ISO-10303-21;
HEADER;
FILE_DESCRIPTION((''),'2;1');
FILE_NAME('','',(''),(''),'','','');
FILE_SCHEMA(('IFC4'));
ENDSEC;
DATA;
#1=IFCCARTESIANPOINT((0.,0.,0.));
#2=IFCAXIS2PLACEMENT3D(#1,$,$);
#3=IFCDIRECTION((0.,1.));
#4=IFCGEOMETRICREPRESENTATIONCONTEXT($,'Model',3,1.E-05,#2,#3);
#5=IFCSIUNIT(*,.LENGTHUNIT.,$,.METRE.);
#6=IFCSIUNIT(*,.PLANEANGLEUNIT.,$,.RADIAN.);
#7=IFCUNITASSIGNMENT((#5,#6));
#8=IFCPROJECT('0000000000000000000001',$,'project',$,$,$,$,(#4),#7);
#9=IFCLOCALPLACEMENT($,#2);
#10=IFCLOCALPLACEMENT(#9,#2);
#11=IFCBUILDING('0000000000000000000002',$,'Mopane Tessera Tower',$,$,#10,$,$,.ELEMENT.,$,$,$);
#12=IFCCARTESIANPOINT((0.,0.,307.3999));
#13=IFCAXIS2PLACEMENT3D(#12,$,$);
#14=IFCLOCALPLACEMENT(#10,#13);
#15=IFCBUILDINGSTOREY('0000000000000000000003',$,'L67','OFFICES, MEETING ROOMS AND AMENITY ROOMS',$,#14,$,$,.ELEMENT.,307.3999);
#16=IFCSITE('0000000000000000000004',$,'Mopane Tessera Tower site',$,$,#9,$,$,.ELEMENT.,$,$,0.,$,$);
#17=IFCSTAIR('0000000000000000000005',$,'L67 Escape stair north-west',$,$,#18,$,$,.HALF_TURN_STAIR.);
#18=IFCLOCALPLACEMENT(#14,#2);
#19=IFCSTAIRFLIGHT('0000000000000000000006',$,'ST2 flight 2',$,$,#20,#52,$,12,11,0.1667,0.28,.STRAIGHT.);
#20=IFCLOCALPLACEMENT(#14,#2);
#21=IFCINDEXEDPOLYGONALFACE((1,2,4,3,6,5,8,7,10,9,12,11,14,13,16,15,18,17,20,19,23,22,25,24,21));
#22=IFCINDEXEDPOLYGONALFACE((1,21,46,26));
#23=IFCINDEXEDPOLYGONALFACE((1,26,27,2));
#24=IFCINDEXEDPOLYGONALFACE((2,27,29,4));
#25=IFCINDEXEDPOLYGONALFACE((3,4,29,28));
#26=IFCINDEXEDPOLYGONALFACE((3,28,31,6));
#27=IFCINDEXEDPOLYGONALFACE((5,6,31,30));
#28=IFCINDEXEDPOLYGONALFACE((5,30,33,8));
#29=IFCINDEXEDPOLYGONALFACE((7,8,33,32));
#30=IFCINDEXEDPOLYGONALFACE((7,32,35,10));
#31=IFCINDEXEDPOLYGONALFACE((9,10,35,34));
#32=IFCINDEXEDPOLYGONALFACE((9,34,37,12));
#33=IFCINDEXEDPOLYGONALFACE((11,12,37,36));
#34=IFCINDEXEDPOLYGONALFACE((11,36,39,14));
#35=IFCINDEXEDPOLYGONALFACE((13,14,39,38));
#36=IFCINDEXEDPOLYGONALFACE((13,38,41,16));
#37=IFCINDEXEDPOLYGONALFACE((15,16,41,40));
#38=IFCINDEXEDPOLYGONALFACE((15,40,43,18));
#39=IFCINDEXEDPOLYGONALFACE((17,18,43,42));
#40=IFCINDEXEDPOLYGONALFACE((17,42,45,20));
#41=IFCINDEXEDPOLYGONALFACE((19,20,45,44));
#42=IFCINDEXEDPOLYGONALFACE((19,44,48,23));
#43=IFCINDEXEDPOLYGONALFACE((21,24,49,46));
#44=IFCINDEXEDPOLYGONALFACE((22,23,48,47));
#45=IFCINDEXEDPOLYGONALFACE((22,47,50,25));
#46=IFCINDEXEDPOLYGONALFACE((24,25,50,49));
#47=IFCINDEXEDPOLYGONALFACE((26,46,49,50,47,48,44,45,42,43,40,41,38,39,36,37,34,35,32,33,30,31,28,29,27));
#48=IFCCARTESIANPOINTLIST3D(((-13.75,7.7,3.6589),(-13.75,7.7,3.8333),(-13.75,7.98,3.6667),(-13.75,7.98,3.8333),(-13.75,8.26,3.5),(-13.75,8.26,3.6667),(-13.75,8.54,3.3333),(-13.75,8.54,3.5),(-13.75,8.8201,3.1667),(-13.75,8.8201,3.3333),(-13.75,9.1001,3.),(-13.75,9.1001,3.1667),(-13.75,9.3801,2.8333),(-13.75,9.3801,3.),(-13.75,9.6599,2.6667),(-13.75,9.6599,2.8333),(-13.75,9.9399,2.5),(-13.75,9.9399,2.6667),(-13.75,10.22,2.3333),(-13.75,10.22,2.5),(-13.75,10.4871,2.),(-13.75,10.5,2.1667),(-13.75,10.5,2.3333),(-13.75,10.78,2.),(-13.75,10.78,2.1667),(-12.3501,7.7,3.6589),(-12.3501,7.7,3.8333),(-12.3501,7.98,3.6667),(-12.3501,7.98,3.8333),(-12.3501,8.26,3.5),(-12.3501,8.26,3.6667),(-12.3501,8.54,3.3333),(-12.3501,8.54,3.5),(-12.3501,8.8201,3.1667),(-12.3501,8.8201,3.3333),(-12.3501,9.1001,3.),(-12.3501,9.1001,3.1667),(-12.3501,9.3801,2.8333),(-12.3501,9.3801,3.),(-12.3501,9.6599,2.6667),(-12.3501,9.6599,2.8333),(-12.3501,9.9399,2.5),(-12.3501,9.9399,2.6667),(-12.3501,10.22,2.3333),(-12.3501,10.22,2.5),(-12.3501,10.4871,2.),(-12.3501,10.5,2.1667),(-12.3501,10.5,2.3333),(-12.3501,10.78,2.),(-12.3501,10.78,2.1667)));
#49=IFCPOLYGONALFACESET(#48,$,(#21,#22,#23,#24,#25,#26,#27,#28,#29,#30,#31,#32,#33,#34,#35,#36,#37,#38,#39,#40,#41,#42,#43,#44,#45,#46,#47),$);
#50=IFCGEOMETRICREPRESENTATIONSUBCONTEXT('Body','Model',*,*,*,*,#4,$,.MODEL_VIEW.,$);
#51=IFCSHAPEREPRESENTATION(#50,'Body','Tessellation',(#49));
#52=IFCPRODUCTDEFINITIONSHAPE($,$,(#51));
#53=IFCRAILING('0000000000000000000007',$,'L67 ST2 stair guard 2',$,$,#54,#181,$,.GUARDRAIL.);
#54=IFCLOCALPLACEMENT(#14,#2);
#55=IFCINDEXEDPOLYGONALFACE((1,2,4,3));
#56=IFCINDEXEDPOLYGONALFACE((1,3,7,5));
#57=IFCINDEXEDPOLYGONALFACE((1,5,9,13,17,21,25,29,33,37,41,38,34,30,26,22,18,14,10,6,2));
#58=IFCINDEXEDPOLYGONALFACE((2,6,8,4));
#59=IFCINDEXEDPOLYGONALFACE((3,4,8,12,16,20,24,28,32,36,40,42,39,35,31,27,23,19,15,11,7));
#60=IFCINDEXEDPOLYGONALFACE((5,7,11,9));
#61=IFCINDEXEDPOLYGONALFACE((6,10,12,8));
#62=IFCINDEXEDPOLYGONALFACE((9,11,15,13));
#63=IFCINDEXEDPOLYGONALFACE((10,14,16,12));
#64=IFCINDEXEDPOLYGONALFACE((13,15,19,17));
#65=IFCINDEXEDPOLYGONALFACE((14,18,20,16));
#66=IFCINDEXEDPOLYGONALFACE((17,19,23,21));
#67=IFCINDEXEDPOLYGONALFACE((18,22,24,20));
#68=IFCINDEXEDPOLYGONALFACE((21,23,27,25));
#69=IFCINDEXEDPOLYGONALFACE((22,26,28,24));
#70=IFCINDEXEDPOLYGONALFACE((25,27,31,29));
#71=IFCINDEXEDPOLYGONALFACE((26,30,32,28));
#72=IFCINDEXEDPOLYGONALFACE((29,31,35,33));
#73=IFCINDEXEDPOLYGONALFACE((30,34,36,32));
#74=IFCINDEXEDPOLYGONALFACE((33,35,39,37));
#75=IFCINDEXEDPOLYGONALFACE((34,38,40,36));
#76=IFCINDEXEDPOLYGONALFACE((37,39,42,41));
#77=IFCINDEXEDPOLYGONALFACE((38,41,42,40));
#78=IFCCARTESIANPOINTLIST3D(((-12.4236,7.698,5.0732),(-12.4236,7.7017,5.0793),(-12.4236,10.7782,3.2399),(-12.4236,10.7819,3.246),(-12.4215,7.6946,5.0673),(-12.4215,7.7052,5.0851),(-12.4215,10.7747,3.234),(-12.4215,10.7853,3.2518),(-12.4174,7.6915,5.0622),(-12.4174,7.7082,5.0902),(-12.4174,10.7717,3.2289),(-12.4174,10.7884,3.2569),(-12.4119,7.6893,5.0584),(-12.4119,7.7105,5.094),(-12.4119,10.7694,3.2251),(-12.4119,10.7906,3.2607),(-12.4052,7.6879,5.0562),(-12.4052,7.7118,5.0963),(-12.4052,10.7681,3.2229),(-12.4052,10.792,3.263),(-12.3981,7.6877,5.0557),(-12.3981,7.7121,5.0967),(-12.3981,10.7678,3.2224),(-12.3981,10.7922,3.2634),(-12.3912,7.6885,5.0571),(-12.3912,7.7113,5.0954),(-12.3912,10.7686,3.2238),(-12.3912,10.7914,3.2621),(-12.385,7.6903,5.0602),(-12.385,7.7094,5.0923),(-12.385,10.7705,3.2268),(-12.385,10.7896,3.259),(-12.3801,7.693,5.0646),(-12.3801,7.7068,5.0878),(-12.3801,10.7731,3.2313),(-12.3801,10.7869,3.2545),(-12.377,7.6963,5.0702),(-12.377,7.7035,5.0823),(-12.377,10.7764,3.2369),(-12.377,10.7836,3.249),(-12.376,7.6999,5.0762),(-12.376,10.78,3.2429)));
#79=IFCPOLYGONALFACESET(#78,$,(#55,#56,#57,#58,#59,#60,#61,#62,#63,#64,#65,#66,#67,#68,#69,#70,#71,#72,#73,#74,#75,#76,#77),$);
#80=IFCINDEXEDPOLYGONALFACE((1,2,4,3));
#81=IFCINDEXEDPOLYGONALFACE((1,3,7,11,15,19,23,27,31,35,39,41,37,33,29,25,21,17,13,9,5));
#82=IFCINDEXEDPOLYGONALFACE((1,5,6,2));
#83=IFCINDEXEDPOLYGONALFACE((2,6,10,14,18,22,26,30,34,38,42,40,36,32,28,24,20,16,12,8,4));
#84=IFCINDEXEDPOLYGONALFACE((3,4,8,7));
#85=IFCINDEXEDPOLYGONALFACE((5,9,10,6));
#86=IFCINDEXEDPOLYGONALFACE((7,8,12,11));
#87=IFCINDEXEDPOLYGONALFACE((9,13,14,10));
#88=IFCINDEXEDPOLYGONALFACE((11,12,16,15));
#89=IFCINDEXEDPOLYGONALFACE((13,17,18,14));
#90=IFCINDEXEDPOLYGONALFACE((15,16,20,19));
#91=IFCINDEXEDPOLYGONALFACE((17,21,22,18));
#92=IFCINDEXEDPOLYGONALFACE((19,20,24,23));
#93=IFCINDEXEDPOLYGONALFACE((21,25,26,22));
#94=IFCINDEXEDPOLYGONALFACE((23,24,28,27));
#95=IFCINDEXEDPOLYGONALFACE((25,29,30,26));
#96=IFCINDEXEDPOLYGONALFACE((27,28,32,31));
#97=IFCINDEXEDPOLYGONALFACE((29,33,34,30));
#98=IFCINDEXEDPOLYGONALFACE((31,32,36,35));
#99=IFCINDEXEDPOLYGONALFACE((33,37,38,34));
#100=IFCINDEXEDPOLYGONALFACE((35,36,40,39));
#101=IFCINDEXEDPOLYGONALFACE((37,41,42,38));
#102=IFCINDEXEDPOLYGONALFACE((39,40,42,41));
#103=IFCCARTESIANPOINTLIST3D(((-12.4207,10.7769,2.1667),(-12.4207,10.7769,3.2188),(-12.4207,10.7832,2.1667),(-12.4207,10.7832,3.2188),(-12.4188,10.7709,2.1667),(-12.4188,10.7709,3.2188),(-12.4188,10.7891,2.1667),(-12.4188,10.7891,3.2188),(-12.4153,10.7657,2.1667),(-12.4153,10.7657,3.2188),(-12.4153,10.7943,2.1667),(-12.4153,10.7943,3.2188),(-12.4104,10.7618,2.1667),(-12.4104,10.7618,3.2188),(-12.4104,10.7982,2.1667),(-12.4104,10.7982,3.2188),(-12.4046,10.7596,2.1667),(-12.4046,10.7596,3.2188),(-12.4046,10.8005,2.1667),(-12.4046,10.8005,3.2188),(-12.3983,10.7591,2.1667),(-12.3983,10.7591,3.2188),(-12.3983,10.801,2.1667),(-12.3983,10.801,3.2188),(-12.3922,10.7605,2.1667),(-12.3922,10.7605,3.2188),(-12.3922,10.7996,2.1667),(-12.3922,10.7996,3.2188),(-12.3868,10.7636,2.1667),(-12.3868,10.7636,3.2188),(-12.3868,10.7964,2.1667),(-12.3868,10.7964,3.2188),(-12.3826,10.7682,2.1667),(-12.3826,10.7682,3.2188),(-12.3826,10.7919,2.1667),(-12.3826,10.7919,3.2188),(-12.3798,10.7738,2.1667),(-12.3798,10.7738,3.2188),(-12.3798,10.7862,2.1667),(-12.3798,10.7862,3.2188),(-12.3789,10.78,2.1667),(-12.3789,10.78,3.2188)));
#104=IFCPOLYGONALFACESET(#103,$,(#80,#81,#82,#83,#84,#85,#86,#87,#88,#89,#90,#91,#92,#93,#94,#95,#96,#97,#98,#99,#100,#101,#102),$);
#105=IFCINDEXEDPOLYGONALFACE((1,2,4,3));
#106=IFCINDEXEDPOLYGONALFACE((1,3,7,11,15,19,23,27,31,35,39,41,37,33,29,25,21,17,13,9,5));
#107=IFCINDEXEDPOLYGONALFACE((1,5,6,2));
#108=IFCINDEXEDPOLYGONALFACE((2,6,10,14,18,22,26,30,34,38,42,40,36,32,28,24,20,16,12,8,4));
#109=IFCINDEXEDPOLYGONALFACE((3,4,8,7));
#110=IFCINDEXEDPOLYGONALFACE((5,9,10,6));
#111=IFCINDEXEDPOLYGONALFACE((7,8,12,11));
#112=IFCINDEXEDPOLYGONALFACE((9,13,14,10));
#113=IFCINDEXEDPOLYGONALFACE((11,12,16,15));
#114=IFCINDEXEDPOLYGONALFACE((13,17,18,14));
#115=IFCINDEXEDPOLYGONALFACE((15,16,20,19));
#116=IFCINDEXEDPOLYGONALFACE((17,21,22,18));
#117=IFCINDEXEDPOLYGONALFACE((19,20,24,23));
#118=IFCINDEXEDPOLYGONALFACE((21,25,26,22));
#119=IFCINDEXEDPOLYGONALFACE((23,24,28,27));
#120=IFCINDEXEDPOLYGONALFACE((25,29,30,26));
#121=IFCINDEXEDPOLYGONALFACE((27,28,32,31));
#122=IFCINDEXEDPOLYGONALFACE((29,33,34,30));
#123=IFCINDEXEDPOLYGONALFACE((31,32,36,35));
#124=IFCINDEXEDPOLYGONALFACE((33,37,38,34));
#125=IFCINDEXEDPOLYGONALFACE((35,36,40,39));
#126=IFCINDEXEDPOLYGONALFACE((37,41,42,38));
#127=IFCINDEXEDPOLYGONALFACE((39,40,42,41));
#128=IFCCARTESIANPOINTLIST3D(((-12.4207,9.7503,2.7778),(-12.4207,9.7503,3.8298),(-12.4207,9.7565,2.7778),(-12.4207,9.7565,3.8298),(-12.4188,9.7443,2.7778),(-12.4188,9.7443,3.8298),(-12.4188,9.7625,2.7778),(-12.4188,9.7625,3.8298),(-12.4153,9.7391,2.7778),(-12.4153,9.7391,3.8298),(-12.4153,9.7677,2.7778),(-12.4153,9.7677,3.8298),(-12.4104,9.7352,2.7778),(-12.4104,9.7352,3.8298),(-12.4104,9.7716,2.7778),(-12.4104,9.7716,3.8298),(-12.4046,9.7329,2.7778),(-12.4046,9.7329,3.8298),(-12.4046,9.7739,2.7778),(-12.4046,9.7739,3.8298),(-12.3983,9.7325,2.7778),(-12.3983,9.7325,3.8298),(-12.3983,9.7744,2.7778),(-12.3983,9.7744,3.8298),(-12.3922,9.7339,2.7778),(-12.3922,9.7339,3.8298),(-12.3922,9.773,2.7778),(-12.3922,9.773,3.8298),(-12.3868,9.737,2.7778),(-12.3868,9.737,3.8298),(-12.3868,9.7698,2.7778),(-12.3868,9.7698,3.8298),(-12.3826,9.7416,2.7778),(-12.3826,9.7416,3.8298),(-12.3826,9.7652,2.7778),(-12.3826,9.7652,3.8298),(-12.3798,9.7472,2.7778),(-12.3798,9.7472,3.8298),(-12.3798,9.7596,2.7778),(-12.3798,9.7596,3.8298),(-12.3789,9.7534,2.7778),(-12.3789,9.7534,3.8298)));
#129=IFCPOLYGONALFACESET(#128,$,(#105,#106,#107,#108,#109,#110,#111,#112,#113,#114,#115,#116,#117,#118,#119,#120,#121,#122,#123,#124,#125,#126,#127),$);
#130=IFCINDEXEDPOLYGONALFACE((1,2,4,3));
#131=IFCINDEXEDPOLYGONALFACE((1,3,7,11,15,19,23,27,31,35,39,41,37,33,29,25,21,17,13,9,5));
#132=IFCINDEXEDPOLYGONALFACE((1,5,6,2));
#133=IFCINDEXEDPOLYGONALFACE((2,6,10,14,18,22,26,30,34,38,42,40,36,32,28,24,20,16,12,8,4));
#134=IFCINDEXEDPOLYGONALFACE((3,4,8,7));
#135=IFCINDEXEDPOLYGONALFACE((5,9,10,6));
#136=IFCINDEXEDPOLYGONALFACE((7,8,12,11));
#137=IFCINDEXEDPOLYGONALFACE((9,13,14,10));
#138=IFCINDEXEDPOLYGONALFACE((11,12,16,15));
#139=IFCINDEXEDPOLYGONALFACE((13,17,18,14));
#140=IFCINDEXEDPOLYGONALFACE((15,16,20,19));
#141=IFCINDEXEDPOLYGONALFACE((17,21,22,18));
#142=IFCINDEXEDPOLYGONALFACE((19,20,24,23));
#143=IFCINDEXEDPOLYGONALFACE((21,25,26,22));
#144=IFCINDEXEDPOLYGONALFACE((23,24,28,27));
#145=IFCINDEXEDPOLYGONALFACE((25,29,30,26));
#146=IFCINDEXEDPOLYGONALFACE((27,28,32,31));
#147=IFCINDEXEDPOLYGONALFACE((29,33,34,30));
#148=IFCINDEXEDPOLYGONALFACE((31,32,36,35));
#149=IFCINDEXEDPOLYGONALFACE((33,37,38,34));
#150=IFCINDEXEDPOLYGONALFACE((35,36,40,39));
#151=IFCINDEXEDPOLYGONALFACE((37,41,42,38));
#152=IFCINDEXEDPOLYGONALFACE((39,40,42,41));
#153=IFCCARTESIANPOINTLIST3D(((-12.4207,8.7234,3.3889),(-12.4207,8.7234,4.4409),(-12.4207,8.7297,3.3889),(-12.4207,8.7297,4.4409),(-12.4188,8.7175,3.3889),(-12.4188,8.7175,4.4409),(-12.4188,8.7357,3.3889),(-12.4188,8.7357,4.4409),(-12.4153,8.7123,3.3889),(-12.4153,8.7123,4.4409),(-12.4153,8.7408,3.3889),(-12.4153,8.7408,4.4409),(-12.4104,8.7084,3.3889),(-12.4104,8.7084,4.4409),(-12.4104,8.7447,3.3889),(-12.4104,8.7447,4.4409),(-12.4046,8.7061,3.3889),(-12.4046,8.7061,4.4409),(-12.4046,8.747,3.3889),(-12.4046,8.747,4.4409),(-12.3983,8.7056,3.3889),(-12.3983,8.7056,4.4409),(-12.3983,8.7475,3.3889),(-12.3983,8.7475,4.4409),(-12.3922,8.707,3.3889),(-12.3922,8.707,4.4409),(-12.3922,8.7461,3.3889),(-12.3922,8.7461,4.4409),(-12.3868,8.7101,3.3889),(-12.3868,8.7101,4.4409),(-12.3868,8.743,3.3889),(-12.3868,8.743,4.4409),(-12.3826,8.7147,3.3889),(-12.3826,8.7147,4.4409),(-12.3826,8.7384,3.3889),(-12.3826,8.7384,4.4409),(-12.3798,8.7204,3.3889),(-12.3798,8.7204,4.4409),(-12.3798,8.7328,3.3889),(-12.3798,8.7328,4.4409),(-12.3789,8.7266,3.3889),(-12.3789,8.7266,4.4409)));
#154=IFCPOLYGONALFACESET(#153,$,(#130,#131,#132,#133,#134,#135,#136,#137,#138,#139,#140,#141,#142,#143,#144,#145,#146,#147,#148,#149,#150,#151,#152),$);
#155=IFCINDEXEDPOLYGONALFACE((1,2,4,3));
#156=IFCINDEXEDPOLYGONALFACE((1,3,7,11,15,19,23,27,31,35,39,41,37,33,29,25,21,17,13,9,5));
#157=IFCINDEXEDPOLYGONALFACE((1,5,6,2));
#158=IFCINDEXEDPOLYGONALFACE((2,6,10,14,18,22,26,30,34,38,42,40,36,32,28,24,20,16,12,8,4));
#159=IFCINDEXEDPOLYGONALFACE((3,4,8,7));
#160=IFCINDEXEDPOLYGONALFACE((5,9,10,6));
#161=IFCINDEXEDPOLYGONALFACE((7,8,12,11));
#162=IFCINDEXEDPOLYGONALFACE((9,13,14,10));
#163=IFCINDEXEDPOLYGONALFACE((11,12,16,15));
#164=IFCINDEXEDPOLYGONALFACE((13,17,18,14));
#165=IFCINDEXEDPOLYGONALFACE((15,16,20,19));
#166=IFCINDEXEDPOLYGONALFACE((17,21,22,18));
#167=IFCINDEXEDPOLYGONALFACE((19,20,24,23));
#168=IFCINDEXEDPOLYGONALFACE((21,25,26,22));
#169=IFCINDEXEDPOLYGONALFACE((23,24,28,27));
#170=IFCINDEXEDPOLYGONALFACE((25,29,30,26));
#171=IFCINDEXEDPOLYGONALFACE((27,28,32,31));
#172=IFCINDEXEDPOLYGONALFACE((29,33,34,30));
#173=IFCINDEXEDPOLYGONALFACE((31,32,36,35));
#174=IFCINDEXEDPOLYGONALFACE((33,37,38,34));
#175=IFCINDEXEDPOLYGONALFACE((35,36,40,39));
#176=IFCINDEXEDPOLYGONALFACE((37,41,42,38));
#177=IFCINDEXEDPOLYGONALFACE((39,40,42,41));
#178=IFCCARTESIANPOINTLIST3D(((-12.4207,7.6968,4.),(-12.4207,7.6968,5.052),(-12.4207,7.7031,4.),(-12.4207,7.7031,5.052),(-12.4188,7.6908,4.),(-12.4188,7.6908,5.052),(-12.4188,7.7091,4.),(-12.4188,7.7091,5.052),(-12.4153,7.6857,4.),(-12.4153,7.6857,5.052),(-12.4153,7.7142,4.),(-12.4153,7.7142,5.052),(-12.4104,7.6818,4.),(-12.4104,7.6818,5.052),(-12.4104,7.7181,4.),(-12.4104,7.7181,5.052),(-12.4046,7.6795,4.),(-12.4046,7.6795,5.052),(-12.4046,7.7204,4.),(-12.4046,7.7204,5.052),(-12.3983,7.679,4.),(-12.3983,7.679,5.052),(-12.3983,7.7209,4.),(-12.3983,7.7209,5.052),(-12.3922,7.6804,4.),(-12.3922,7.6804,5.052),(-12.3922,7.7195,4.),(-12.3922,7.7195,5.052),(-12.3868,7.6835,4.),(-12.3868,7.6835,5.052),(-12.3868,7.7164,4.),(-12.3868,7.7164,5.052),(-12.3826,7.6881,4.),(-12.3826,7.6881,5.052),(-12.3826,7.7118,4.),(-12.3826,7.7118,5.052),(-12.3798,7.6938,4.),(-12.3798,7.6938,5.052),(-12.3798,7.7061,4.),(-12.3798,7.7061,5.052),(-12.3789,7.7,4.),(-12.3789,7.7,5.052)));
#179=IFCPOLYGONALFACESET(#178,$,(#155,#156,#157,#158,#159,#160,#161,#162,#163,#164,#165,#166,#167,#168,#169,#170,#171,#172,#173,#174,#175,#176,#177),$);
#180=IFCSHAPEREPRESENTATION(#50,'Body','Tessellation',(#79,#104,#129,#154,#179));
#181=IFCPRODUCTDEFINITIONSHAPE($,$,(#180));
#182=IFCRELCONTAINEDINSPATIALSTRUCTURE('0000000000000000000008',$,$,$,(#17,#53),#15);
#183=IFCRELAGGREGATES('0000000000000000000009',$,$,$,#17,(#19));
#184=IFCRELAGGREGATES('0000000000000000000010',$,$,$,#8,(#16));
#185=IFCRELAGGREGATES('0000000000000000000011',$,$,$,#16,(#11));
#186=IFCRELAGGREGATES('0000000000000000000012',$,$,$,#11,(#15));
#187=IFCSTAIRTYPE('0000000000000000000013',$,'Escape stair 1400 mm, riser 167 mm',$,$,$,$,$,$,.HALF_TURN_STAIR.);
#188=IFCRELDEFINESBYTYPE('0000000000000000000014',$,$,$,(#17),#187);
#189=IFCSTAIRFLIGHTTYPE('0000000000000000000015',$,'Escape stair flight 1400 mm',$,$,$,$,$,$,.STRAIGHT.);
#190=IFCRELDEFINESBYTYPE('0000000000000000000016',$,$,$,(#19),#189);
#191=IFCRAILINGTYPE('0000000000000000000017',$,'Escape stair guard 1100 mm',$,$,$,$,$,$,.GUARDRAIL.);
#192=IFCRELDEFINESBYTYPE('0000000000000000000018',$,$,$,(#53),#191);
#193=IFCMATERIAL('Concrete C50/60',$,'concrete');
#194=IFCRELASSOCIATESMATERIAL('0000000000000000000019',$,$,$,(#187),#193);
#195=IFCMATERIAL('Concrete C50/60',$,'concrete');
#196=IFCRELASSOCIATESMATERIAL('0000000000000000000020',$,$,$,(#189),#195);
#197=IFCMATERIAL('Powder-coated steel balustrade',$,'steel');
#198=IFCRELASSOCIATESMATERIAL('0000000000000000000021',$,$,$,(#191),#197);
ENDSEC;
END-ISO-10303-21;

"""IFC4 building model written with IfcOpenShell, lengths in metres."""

from ifc_helpers import new_model, si_unit, direction, frame, origin, origin_2d, place, context, subcontext, project, spatial, polyline, circle, outline, extrude, material, type_object, element, aggregate, save


model = new_model("IFC4")

# Units and contexts
model_context = context("Model", 3, precision=1e-05, world=origin(), true_north=direction((0.0, 1.0)))
body_context = subcontext(model_context, "Body", "Model", "MODEL_VIEW")
ifc_project = project(units=[si_unit("LENGTHUNIT", "METRE"), si_unit("PLANEANGLEUNIT", "RADIAN")], contexts=[model_context])

# Site, building, storey
site_placement = place(None, origin())
site = spatial("IfcSite", under=ifc_project, at=site_placement, Name="Mopane Tessera Tower site", CompositionType="ELEMENT", RefElevation=0.0)
building_placement = place(site_placement, origin())
building = spatial("IfcBuilding", under=site, at=building_placement, Name="Mopane Tessera Tower", CompositionType="ELEMENT")
storey_placement = place(building_placement, frame((0.0, 0.0, 307.3999)))
storey = spatial("IfcBuildingStorey", under=building, at=storey_placement, Name="L67", Description="OFFICES, MEETING ROOMS AND AMENITY ROOMS", CompositionType="ELEMENT", Elevation=307.3999)

# Stair, stair flight
ifc_material_1 = material(Name="Concrete C50/60", Category="concrete")
stair_type = type_object("IfcStairType", Name="Escape stair 1400 mm, riser 167 mm", PredefinedType="HALF_TURN_STAIR", material=ifc_material_1)
stair_placement = place(storey_placement, origin())
stair = element("IfcStair", 1, at=stair_placement, inside=storey, type_object=stair_type, Name="L67 Escape stair north-west", PredefinedType="HALF_TURN_STAIR")
ifc_material_2 = material(Name="Concrete C50/60", Category="concrete")
stair_flight_type = type_object("IfcStairFlightType", Name="Escape stair flight 1400 mm", PredefinedType="STRAIGHT", material=ifc_material_2)
stair_flight_placement = place(storey_placement, frame((-13.05, 10.78, 2.0), z_axis=(0.0, 0.0, 1.0), x_axis=(0.0, -1.0, 0.0)))
stair_flight = element("IfcStairFlight", 2, at=stair_flight_placement, type_object=stair_flight_type, Name="ST2 flight 2", NumberOfRisers=12, NumberOfTreads=11, PredefinedType="STRAIGHT", RiserHeight=0.1667, TreadLength=0.28, context=body_context, shape_type="SweptSolid", body=[
    extrude(outline(polyline([(0.0, 0.0), (0.0, 0.1667), (0.28, 0.1667), (0.28, 0.3333), (0.5601, 0.3333), (0.5601, 0.5), (0.8401, 0.5), (0.8401, 0.6667), (1.1201, 0.6667), (1.1201, 0.8333), (1.3999, 0.8333), (1.3999, 1.0), (1.6799, 1.0), (1.6799, 1.1667), (1.96, 1.1667), (1.96, 1.3333), (2.24, 1.3333), (2.24, 1.5), (2.52, 1.5), (2.52, 1.6667), (2.8, 1.6667), (2.8, 1.8333), (3.0801, 1.8333), (3.0801, 2.0), (3.0801, 1.6589), (0.293, 0.0), (0.0, 0.0)])), frame((0.0, 0.7, 0.0), z_axis=(0.0, -1.0, 0.0), x_axis=(1.0, 0.0, 0.0)), (0.0, 0.0, 1.0), 1.3999),
])
aggregate(stair, [stair_flight])

# Railing
ifc_material_3 = material(Name="Powder-coated steel balustrade", Category="steel")
railing_type_1 = type_object("IfcRailingType", Name="Escape stair guard 1100 mm", PredefinedType="GUARDRAIL", material=ifc_material_3)
railing_1_placement = place(storey_placement, frame((-12.3999, 10.78, 2.1667)))
element("IfcRailing", 3, at=railing_1_placement, inside=storey, type_object=railing_type_1, Name="L67 ST2 stair guard 2", PredefinedType="GUARDRAIL", context=body_context, shape_type="SweptSolid", body=[
    extrude(circle(Radius=0.0239, at=origin_2d()), frame((0.0, 0.0, 1.0762), z_axis=(0.0, -0.859309, 0.511458), x_axis=(1.0, 0.0, 0.0)), (0.0, 0.0, 1.0), 3.5845),
    extrude(circle(Radius=0.021, at=origin_2d()), origin(), (0.0, 0.0, 1.0), 1.052),
    extrude(circle(Radius=0.021, at=origin_2d()), frame((0.0, -1.0266, 0.6111)), (0.0, 0.0, 1.0), 1.052),
    extrude(circle(Radius=0.021, at=origin_2d()), frame((0.0, -2.0535, 1.2222)), (0.0, 0.0, 1.0), 1.052),
    extrude(circle(Radius=0.021, at=origin_2d()), frame((0.0, -3.0801, 1.8333)), (0.0, 0.0, 1.0), 1.052),
])

save(model, "model.ifc")
